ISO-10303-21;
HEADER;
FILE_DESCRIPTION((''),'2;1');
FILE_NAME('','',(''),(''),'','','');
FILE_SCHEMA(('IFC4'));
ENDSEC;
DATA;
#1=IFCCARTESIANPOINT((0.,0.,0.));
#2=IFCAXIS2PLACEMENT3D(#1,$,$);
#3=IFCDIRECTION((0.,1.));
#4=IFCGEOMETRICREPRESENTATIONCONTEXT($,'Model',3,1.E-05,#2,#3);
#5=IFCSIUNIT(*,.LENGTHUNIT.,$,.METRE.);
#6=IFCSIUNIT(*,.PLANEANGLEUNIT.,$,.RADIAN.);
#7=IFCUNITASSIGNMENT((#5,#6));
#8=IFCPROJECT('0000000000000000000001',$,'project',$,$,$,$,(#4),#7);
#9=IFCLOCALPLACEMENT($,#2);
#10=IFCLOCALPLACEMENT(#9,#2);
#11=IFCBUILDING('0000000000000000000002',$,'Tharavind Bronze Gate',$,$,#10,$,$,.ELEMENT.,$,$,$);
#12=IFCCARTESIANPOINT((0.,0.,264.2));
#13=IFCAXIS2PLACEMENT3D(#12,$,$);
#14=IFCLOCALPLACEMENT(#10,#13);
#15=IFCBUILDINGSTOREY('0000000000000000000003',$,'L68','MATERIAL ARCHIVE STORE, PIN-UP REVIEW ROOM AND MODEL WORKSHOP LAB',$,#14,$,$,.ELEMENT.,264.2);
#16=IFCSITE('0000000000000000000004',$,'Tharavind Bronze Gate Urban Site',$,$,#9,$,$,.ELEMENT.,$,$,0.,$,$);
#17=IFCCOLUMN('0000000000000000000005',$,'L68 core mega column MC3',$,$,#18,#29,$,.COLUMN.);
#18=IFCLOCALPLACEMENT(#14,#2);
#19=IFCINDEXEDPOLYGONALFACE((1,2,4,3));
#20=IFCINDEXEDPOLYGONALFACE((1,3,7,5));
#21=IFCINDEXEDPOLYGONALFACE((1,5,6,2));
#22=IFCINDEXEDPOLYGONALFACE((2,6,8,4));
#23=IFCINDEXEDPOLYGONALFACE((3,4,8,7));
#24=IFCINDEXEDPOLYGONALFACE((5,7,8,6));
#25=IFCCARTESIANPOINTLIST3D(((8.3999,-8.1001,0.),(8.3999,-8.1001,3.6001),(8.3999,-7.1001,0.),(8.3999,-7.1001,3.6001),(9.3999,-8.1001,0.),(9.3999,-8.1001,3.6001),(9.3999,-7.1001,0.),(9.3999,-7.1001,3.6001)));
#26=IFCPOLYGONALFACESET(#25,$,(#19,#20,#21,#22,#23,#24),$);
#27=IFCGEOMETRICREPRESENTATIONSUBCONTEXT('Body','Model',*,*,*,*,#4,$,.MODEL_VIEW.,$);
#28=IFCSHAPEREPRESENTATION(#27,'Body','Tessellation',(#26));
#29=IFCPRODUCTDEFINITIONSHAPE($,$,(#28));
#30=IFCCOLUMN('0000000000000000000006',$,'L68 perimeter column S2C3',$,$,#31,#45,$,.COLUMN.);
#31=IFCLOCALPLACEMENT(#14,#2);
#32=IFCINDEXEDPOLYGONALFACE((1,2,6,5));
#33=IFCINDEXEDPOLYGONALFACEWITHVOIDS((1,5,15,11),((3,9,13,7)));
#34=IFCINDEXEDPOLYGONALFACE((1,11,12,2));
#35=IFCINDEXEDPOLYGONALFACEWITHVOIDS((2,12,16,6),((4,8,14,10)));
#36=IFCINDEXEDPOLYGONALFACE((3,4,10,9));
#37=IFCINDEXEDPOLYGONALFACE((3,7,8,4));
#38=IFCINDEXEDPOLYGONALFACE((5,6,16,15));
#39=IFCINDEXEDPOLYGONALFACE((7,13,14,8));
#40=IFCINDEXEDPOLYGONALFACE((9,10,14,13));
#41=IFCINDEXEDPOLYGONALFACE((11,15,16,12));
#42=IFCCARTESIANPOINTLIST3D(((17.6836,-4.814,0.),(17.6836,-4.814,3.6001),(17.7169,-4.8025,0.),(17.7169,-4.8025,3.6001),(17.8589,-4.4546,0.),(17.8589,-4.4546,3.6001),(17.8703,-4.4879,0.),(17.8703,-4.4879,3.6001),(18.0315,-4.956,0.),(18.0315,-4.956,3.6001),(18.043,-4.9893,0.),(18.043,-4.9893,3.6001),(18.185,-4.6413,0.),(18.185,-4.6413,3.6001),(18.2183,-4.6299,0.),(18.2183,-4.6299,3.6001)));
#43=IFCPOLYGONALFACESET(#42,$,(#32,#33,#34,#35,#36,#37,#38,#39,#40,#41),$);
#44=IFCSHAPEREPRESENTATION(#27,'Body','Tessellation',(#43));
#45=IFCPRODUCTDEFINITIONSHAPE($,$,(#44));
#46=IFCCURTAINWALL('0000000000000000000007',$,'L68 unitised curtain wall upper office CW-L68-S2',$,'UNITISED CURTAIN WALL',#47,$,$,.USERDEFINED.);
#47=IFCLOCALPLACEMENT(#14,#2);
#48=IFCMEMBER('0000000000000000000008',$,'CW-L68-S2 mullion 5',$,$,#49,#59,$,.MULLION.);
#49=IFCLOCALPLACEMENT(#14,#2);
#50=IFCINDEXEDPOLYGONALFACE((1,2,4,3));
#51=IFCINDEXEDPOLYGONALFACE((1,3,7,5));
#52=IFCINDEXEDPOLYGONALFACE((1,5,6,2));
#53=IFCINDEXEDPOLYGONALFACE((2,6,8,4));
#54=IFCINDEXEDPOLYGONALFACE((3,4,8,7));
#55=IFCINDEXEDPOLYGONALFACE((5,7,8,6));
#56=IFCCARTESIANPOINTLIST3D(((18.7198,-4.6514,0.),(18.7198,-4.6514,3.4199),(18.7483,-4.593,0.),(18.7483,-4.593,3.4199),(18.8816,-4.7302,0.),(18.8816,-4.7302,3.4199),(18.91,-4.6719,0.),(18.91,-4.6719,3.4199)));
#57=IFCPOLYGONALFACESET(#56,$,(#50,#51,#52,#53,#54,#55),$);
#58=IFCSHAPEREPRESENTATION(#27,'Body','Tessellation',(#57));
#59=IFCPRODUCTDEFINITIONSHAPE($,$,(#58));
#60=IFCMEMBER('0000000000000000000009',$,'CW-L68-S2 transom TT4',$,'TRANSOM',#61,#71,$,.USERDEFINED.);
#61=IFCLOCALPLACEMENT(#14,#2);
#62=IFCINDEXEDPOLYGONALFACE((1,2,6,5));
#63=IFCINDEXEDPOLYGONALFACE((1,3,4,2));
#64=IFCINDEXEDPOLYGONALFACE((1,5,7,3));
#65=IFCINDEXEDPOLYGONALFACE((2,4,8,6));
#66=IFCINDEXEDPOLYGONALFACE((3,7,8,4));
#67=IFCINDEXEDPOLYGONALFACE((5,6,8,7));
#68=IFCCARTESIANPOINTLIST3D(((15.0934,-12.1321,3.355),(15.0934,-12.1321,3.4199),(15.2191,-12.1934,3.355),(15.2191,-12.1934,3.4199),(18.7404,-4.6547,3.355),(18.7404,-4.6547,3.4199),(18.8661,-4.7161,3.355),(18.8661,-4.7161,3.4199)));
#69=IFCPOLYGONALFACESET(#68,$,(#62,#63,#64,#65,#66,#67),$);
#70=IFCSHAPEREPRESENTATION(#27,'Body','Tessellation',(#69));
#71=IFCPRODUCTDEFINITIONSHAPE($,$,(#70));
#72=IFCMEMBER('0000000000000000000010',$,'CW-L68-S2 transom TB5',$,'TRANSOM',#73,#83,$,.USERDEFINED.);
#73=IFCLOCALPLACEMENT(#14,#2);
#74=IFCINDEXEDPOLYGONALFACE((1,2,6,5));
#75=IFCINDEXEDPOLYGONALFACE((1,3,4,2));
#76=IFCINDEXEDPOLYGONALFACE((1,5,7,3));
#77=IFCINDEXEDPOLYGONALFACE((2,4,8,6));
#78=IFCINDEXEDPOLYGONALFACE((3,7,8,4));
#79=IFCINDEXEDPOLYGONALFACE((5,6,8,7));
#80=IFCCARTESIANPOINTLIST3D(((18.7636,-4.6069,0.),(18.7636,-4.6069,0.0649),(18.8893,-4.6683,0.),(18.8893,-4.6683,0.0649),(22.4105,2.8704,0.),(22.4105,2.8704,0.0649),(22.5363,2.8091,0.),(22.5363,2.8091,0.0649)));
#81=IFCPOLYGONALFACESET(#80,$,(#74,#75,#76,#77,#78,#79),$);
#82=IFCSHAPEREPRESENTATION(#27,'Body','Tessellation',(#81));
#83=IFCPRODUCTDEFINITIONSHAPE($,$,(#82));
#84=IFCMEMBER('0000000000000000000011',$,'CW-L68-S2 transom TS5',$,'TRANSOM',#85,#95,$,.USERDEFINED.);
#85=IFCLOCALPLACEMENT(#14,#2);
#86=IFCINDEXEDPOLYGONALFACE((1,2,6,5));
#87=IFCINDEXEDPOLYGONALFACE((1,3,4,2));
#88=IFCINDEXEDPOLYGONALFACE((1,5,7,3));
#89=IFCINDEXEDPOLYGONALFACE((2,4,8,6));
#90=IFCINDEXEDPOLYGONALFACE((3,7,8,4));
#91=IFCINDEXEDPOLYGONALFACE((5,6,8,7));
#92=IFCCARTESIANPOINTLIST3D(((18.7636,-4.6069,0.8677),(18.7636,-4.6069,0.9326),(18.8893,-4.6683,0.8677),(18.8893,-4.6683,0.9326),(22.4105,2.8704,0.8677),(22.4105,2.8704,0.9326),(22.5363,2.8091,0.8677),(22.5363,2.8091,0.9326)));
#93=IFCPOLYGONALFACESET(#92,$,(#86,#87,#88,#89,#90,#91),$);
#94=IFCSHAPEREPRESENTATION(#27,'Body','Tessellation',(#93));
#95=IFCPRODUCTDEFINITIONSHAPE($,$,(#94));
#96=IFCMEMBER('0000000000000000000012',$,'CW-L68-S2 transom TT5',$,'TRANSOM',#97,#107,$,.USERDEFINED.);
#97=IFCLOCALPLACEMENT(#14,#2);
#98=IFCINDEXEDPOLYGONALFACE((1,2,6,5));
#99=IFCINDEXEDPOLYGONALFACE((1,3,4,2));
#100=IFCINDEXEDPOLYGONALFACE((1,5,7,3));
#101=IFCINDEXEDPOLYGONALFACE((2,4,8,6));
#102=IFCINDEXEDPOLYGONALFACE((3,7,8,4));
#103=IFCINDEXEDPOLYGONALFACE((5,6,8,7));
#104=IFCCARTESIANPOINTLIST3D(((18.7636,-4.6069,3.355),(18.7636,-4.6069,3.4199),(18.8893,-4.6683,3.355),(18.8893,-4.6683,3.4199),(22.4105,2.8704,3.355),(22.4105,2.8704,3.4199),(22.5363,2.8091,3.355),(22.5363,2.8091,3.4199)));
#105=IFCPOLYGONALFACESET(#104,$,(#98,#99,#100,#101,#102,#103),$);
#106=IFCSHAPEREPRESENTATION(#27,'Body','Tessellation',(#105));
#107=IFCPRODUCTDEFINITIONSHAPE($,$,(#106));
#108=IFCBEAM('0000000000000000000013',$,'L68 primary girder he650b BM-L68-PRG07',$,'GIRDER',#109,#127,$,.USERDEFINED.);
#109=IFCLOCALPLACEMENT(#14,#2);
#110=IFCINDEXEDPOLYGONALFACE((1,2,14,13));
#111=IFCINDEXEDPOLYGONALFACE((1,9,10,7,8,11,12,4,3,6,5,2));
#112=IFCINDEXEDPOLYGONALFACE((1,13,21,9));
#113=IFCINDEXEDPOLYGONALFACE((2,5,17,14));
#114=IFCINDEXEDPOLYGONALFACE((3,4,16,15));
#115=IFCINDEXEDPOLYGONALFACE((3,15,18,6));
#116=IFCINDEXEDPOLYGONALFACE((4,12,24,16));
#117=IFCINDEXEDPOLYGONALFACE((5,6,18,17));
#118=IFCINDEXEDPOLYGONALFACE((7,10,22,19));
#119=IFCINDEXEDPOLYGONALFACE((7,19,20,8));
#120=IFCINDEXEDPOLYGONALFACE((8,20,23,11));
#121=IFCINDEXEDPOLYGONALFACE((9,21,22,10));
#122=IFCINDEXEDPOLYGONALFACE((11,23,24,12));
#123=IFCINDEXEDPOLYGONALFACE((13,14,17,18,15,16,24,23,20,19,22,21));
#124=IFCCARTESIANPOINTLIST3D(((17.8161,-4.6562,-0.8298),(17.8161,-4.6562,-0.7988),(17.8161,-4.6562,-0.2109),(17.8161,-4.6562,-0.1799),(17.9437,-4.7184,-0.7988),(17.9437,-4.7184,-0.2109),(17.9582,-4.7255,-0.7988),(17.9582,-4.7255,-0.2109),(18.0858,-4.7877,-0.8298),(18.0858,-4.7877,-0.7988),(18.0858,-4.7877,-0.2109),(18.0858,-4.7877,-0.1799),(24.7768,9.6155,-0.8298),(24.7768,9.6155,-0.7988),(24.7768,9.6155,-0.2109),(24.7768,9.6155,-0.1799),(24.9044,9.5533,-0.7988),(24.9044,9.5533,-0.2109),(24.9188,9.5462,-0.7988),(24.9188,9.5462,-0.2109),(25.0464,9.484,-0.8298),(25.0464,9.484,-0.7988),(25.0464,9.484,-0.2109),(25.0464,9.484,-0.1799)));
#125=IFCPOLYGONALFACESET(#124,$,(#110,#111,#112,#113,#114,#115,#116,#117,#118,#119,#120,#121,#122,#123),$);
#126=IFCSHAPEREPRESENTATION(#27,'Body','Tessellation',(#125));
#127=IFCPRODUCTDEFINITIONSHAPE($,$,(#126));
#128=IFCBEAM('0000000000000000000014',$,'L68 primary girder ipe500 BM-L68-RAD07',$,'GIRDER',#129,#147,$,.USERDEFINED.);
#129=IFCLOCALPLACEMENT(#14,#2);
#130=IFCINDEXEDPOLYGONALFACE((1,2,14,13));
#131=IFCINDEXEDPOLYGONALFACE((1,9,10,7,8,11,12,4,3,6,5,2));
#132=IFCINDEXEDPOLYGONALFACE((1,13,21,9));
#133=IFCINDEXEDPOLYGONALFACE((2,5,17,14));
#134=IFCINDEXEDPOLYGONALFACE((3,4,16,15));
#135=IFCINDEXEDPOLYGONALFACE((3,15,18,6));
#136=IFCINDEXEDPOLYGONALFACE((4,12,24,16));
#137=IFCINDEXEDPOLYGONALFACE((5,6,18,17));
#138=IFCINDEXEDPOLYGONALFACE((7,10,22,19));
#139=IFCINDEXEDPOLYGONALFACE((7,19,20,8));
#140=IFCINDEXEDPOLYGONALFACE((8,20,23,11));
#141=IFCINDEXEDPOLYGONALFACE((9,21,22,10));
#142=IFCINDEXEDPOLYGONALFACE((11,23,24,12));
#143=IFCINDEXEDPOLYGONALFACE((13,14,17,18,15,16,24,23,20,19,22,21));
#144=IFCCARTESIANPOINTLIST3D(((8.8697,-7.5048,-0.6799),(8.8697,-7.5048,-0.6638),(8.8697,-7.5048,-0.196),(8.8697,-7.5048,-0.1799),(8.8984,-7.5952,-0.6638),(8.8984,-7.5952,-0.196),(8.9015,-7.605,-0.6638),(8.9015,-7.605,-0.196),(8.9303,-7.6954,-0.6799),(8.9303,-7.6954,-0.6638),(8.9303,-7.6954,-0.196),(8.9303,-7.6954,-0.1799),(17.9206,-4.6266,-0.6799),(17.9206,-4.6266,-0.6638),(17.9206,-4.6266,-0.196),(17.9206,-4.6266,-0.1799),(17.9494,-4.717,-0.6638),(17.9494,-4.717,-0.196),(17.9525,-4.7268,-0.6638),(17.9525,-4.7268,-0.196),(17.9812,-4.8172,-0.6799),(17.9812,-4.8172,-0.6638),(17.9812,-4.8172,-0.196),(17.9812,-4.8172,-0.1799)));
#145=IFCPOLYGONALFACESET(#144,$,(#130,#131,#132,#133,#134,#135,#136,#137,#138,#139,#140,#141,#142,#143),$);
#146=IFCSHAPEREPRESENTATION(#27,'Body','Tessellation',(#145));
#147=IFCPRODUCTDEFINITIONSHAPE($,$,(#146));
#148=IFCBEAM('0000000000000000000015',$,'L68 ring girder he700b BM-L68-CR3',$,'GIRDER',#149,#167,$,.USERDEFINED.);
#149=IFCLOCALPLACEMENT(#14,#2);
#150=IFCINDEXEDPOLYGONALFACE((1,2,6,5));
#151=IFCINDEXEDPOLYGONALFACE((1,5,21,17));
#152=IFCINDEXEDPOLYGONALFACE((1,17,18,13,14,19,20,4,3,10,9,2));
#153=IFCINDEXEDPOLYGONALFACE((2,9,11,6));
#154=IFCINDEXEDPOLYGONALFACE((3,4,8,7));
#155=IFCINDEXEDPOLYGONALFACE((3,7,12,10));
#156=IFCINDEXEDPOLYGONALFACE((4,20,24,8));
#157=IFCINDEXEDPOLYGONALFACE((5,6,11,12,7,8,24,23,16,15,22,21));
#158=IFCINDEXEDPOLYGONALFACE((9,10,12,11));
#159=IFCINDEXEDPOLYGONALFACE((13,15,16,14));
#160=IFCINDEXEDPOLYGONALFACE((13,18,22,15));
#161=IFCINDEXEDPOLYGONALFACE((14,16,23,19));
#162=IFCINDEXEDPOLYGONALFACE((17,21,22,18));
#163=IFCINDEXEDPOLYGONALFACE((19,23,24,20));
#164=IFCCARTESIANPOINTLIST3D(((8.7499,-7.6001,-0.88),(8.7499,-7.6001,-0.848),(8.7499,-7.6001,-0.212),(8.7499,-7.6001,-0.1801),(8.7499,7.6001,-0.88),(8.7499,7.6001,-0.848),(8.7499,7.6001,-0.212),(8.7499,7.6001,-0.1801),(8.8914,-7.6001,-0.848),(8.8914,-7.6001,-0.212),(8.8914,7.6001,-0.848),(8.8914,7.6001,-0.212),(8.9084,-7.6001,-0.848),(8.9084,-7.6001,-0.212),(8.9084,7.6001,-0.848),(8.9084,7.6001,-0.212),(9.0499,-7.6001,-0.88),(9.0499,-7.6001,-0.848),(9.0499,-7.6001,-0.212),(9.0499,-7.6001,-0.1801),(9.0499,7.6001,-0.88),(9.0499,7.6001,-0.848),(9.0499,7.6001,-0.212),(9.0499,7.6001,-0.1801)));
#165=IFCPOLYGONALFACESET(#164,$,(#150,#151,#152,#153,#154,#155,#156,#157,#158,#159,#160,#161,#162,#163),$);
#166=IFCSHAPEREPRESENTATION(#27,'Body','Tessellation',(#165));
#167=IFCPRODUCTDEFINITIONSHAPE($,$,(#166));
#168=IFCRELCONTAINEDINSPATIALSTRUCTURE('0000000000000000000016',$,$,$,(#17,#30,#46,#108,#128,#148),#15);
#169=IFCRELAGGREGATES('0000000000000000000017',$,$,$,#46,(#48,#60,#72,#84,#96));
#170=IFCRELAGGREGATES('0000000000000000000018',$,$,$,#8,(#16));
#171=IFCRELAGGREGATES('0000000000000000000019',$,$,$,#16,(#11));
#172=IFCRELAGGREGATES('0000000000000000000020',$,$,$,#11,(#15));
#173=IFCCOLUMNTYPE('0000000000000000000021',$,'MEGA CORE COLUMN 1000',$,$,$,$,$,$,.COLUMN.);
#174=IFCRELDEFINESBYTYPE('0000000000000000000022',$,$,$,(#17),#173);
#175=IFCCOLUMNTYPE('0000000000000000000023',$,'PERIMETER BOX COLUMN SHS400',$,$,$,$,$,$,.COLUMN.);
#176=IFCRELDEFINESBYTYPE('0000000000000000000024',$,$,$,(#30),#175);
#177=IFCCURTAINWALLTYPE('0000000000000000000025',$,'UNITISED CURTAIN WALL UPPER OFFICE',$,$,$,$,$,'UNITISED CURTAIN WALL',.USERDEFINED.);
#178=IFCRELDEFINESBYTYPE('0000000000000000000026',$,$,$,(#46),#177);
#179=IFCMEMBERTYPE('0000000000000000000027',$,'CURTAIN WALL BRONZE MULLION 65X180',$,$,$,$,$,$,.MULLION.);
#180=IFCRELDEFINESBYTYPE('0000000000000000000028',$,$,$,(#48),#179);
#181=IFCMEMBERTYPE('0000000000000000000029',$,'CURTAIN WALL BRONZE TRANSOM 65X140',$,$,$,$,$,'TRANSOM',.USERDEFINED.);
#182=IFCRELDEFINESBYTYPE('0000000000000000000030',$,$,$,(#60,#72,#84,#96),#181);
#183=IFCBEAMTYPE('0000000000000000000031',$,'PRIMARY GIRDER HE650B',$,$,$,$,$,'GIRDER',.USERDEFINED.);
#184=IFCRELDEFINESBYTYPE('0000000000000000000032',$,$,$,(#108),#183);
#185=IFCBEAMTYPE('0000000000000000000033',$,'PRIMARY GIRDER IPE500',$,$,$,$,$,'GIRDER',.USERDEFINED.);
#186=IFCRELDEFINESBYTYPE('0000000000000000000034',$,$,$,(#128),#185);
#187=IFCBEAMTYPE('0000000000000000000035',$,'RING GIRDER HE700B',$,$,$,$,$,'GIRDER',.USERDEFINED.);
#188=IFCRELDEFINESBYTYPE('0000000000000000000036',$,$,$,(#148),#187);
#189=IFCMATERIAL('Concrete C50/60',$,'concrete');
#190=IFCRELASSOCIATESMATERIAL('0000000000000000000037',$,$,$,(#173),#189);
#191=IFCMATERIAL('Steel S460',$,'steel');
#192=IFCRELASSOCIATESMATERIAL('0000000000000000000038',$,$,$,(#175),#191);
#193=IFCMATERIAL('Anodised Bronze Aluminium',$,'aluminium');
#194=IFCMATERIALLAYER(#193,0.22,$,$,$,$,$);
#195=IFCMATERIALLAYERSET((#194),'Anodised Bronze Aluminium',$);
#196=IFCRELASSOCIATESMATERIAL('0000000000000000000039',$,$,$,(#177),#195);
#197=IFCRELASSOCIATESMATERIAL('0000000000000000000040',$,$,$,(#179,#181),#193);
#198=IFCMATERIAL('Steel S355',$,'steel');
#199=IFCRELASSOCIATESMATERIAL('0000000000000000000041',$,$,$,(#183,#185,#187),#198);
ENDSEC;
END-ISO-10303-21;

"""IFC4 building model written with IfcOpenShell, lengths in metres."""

from ifc_helpers import new_model, si_unit, direction, frame, origin, origin_2d, place, context, subcontext, project, spatial, rectangle, hollow_rectangle, i_section, extrude, material, layer, layer_set, material_profile, profile_set, type_object, element, aggregate, save


model = new_model("IFC4")

# Units and contexts
model_context = context("Model", 3, precision=1e-05, world=origin(), true_north=direction((0.0, 1.0)))
body_context = subcontext(model_context, "Body", "Model", "MODEL_VIEW")
ifc_project = project(units=[si_unit("LENGTHUNIT", "METRE"), si_unit("PLANEANGLEUNIT", "RADIAN")], contexts=[model_context])

# Site, building, storey
site_placement = place(None, origin())
site = spatial("IfcSite", under=ifc_project, at=site_placement, Name="Tharavind Bronze Gate Urban Site", CompositionType="ELEMENT", RefElevation=0.0)
building_placement = place(site_placement, origin())
building = spatial("IfcBuilding", under=site, at=building_placement, Name="Tharavind Bronze Gate", CompositionType="ELEMENT")
storey_placement = place(building_placement, frame((0.0, 0.0, 264.2)))
storey = spatial("IfcBuildingStorey", under=building, at=storey_placement, Name="L68", Description="MATERIAL ARCHIVE STORE, PIN-UP REVIEW ROOM AND MODEL WORKSHOP LAB", CompositionType="ELEMENT", Elevation=264.2)

# Columns
ifc_material_1 = material(Name="Concrete C50/60", Category="concrete")
ifc_material_profile_1 = material_profile(ifc_material_1, rectangle(XDim=1.0, YDim=1.0, at=origin_2d()), Name="RCCOL1000")
ifc_profile_set_1 = profile_set([ifc_material_profile_1], Name="Concrete C50/60")
column_type_1 = type_object("IfcColumnType", Name="MEGA CORE COLUMN 1000", PredefinedType="COLUMN", material=ifc_profile_set_1)
column_1_placement = place(storey_placement, frame((8.8999, -7.6001, 0.0), z_axis=(0.0, 0.0, 1.0), x_axis=(1.0, 0.0, 0.0)))
element("IfcColumn", 1, at=column_1_placement, inside=storey, type_object=column_type_1, Name="L68 core mega column MC3", PredefinedType="COLUMN", context=body_context, shape_type="SweptSolid", body=[
    extrude(rectangle(XDim=1.0, YDim=1.0, at=origin_2d()), origin(), (0.0, 0.0, 1.0), 3.6001),
])
ifc_material_2 = material(Name="Steel S460", Category="steel")
ifc_material_profile_2 = material_profile(ifc_material_2, hollow_rectangle(XDim=0.3999, YDim=0.3999, WallThickness=0.0249, at=origin_2d()), Name="SHS400X25")
ifc_profile_set_2 = profile_set([ifc_material_profile_2], Name="Steel S460")
column_type_2 = type_object("IfcColumnType", Name="PERIMETER BOX COLUMN SHS400", PredefinedType="COLUMN", material=ifc_profile_set_2)
column_2_placement = place(storey_placement, frame((17.9509, -4.7219, 0.0), z_axis=(0.0, 0.0, 1.0), x_axis=(0.438373, 0.898793, 0.0)))
element("IfcColumn", 2, at=column_2_placement, inside=storey, type_object=column_type_2, Name="L68 perimeter column S2C3", PredefinedType="COLUMN", context=body_context, shape_type="SweptSolid", body=[
    extrude(hollow_rectangle(XDim=0.3999, YDim=0.3999, WallThickness=0.0249, at=origin_2d()), origin(), (0.0, 0.0, 1.0), 3.6001),
])

# Curtain wall, members
ifc_material_3 = material(Name="Anodised Bronze Aluminium", Category="aluminium")
ifc_layer_1 = layer(ifc_material_3, 0.22)
ifc_layer_set_1 = layer_set([ifc_layer_1], Name="Anodised Bronze Aluminium")
curtain_wall_type = type_object("IfcCurtainWallType", Name="UNITISED CURTAIN WALL UPPER OFFICE", ElementType="UNITISED CURTAIN WALL", PredefinedType="USERDEFINED", material=ifc_layer_set_1)
curtain_wall_placement = place(storey_placement, origin())
curtain_wall = element("IfcCurtainWall", 3, at=curtain_wall_placement, inside=storey, type_object=curtain_wall_type, Name="L68 unitised curtain wall upper office CW-L68-S2", ObjectType="UNITISED CURTAIN WALL", PredefinedType="USERDEFINED")
member_type_1 = type_object("IfcMemberType", Name="CURTAIN WALL BRONZE MULLION 65X180", PredefinedType="MULLION", material=ifc_material_3)
member_1_placement = place(storey_placement, frame((18.8149, -4.6616, 0.0), z_axis=(0.0, 0.0, 1.0), x_axis=(0.438373, 0.898793, 0.0)))
member_1 = element("IfcMember", 4, at=member_1_placement, type_object=member_type_1, Name="CW-L68-S2 mullion 5", PredefinedType="MULLION", context=body_context, shape_type="SweptSolid", body=[
    extrude(rectangle(XDim=0.0649, YDim=0.1799, at=origin_2d()), origin(), (0.0, 0.0, 1.0), 3.4199),
])
member_type_2 = type_object("IfcMemberType", Name="CURTAIN WALL BRONZE TRANSOM 65X140", ElementType="TRANSOM", PredefinedType="USERDEFINED", material=ifc_material_3)
member_2_placement = place(storey_placement, frame((16.9797, -8.4241, 3.355), z_axis=(0.0, 0.0, 1.0), x_axis=(0.438373, 0.898793, 0.0)))
member_2 = element("IfcMember", 5, at=member_2_placement, type_object=member_type_2, Name="CW-L68-S2 transom TT4", ObjectType="TRANSOM", PredefinedType="USERDEFINED", context=body_context, shape_type="SweptSolid", body=[
    extrude(rectangle(XDim=8.3193, YDim=0.1399, at=origin_2d()), origin(), (0.0, 0.0, 1.0), 0.0649),
])
member_3_placement = place(storey_placement, frame((20.6499, -0.8989, 0.0), z_axis=(0.0, 0.0, 1.0), x_axis=(0.438373, 0.898793, 0.0)))
member_3 = element("IfcMember", 6, at=member_3_placement, type_object=member_type_2, Name="CW-L68-S2 transom TB5", ObjectType="TRANSOM", PredefinedType="USERDEFINED", context=body_context, shape_type="SweptSolid", body=[
    extrude(rectangle(XDim=8.3193, YDim=0.1399, at=origin_2d()), origin(), (0.0, 0.0, 1.0), 0.0649),
])
member_4_placement = place(storey_placement, frame((20.6499, -0.8989, 0.8677), z_axis=(0.0, 0.0, 1.0), x_axis=(0.438373, 0.898793, 0.0)))
member_4 = element("IfcMember", 7, at=member_4_placement, type_object=member_type_2, Name="CW-L68-S2 transom TS5", ObjectType="TRANSOM", PredefinedType="USERDEFINED", context=body_context, shape_type="SweptSolid", body=[
    extrude(rectangle(XDim=8.3193, YDim=0.1399, at=origin_2d()), origin(), (0.0, 0.0, 1.0), 0.0649),
])
member_5_placement = place(storey_placement, frame((20.6499, -0.8989, 3.355), z_axis=(0.0, 0.0, 1.0), x_axis=(0.438373, 0.898793, 0.0)))
member_5 = element("IfcMember", 8, at=member_5_placement, type_object=member_type_2, Name="CW-L68-S2 transom TT5", ObjectType="TRANSOM", PredefinedType="USERDEFINED", context=body_context, shape_type="SweptSolid", body=[
    extrude(rectangle(XDim=8.3193, YDim=0.1399, at=origin_2d()), origin(), (0.0, 0.0, 1.0), 0.0649),
])

# Beams
ifc_material_4 = material(Name="Steel S355", Category="steel")
ifc_material_profile_3 = material_profile(ifc_material_4, i_section(OverallWidth=0.3, OverallDepth=0.6499, WebThickness=0.0161, FlangeThickness=0.031, at=origin_2d()), Name="HE650B")
ifc_profile_set_3 = profile_set([ifc_material_profile_3], Name="Steel S355")
beam_type_1 = type_object("IfcBeamType", Name="PRIMARY GIRDER HE650B", ElementType="GIRDER", PredefinedType="USERDEFINED", material=ifc_profile_set_3)
beam_1_placement = place(storey_placement, frame((17.9509, -4.7219, -0.5049), z_axis=(0.438366, 0.898796, 0.0), x_axis=(-0.898796, 0.438366, 0.0)))
element("IfcBeam", 9, at=beam_1_placement, inside=storey, type_object=beam_type_1, Name="L68 primary girder he650b BM-L68-PRG07", ObjectType="GIRDER", PredefinedType="USERDEFINED", context=body_context, shape_type="SweptSolid", body=[
    extrude(i_section(OverallWidth=0.3, OverallDepth=0.6499, WebThickness=0.0161, FlangeThickness=0.031, at=origin_2d()), origin(), (0.0, 0.0, 1.0), 15.8787),
])
ifc_material_profile_4 = material_profile(ifc_material_4, i_section(OverallWidth=0.2, OverallDepth=0.5, WebThickness=0.0103, FlangeThickness=0.0161, at=origin_2d()), Name="IPE500")
ifc_profile_set_4 = profile_set([ifc_material_profile_4], Name="Steel S355")
beam_type_2 = type_object("IfcBeamType", Name="PRIMARY GIRDER IPE500", ElementType="GIRDER", PredefinedType="USERDEFINED", material=ifc_profile_set_4)
beam_2_placement = place(storey_placement, frame((17.9509, -4.7219, -0.4299), z_axis=(-0.952977, -0.303041, 0.0), x_axis=(0.303041, -0.952977, 0.0)))
element("IfcBeam", 10, at=beam_2_placement, inside=storey, type_object=beam_type_2, Name="L68 primary girder ipe500 BM-L68-RAD07", ObjectType="GIRDER", PredefinedType="USERDEFINED", context=body_context, shape_type="SweptSolid", body=[
    extrude(i_section(OverallWidth=0.2, OverallDepth=0.5, WebThickness=0.0103, FlangeThickness=0.0161, at=origin_2d()), origin(), (0.0, 0.0, 1.0), 9.4976),
])
ifc_material_profile_5 = material_profile(ifc_material_4, i_section(OverallWidth=0.3, OverallDepth=0.7, WebThickness=0.0171, FlangeThickness=0.032, at=origin_2d()), Name="HE700B")
ifc_profile_set_5 = profile_set([ifc_material_profile_5], Name="Steel S355")
beam_type_3 = type_object("IfcBeamType", Name="RING GIRDER HE700B", ElementType="GIRDER", PredefinedType="USERDEFINED", material=ifc_profile_set_5)
beam_3_placement = place(storey_placement, frame((8.8999, -7.6001, -0.53), z_axis=(0.0, 1.0, 0.0), x_axis=(-1.0, 0.0, 0.0)))
element("IfcBeam", 11, at=beam_3_placement, inside=storey, type_object=beam_type_3, Name="L68 ring girder he700b BM-L68-CR3", ObjectType="GIRDER", PredefinedType="USERDEFINED", context=body_context, shape_type="SweptSolid", body=[
    extrude(i_section(OverallWidth=0.3, OverallDepth=0.7, WebThickness=0.0171, FlangeThickness=0.032, at=origin_2d()), origin(), (0.0, 0.0, 1.0), 15.2002),
])

aggregate(curtain_wall, [member_1, member_2, member_3, member_4, member_5])

save(model, "model.ifc")
